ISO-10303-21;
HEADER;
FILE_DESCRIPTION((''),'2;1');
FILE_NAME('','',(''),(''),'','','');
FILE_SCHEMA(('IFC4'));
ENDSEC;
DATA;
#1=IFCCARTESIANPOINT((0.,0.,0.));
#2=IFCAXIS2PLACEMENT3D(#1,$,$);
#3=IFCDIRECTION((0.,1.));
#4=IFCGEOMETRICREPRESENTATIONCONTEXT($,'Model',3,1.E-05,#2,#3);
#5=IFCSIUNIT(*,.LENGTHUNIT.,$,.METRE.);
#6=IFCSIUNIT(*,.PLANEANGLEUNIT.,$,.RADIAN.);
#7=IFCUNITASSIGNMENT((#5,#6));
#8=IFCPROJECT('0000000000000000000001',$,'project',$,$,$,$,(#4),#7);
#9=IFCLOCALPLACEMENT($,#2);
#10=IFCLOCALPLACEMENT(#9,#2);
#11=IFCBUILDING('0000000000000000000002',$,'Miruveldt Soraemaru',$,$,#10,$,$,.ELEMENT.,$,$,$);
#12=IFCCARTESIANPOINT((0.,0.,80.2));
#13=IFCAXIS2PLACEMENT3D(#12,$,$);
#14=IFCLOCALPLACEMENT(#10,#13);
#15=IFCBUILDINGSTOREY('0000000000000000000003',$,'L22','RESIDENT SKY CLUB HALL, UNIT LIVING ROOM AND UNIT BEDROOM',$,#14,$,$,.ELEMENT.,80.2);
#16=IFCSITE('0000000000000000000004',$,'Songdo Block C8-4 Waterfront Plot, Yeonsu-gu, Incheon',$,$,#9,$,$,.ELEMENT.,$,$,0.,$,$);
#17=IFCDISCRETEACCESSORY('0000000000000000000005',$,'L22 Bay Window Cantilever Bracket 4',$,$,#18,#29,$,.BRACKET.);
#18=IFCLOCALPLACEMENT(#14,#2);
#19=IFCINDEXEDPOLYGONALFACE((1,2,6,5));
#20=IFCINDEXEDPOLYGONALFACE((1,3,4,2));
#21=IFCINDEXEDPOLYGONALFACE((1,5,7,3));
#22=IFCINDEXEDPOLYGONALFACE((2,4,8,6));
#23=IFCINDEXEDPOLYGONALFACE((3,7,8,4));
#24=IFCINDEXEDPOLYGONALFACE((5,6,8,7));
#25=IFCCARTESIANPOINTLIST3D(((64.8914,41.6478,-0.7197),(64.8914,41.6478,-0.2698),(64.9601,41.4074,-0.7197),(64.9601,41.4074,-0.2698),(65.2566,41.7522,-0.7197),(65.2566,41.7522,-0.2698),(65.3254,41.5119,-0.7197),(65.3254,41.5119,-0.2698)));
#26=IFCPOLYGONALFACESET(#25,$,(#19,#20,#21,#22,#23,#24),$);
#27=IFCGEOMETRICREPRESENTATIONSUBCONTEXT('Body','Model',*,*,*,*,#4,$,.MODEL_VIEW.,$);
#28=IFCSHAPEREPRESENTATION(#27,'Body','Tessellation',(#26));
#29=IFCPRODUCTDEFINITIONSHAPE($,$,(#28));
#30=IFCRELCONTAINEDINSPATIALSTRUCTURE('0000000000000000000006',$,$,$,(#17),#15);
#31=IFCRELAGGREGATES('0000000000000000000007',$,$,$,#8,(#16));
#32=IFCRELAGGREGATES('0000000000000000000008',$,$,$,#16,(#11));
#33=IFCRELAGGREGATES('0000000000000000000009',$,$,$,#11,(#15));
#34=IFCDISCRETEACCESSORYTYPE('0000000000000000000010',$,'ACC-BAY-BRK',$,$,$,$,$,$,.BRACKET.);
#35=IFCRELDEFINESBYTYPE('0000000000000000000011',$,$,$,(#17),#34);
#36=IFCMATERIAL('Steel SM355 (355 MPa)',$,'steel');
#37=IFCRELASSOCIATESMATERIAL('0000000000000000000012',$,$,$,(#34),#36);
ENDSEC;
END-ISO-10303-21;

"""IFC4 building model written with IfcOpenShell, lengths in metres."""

from ifc_helpers import new_model, si_unit, direction, frame, origin, origin_2d, place, context, subcontext, project, spatial, rectangle, extrude, material, type_object, element, save


model = new_model("IFC4")

# Units and contexts
model_context = context("Model", 3, precision=1e-05, world=origin(), true_north=direction((0.0, 1.0)))
body_context = subcontext(model_context, "Body", "Model", "MODEL_VIEW")
ifc_project = project(units=[si_unit("LENGTHUNIT", "METRE"), si_unit("PLANEANGLEUNIT", "RADIAN")], contexts=[model_context])

# Site, building, storey
site_placement = place(None, origin())
site = spatial("IfcSite", under=ifc_project, at=site_placement, Name="Songdo Block C8-4 Waterfront Plot, Yeonsu-gu, Incheon", CompositionType="ELEMENT", RefElevation=0.0)
building_placement = place(site_placement, origin())
building = spatial("IfcBuilding", under=site, at=building_placement, Name="Miruveldt Soraemaru", CompositionType="ELEMENT")
storey_placement = place(building_placement, frame((0.0, 0.0, 80.2)))
storey = spatial("IfcBuildingStorey", under=building, at=storey_placement, Name="L22", Description="RESIDENT SKY CLUB HALL, UNIT LIVING ROOM AND UNIT BEDROOM", CompositionType="ELEMENT", Elevation=80.2)

# Shared definitions
ifc_material_1 = material(Name="Steel SM355 (355 MPa)", Category="steel")

# Discrete accessory
discrete_accessory_type = type_object("IfcDiscreteAccessoryType", Name="ACC-BAY-BRK", PredefinedType="BRACKET", material=ifc_material_1)
discrete_accessory_placement = place(storey_placement, frame((65.1084, 41.5798, -0.7197), z_axis=(0.0, 0.0, 1.0), x_axis=(0.961454, 0.274966, 0.0)))
element("IfcDiscreteAccessory", 1, at=discrete_accessory_placement, inside=storey, type_object=discrete_accessory_type, Name="L22 Bay Window Cantilever Bracket 4", PredefinedType="BRACKET", context=body_context, shape_type="SweptSolid", body=[
    extrude(rectangle(XDim=0.3799, YDim=0.25, at=origin_2d()), origin(), (0.0, 0.0, 1.0), 0.45),
])

save(model, "model.ifc")
